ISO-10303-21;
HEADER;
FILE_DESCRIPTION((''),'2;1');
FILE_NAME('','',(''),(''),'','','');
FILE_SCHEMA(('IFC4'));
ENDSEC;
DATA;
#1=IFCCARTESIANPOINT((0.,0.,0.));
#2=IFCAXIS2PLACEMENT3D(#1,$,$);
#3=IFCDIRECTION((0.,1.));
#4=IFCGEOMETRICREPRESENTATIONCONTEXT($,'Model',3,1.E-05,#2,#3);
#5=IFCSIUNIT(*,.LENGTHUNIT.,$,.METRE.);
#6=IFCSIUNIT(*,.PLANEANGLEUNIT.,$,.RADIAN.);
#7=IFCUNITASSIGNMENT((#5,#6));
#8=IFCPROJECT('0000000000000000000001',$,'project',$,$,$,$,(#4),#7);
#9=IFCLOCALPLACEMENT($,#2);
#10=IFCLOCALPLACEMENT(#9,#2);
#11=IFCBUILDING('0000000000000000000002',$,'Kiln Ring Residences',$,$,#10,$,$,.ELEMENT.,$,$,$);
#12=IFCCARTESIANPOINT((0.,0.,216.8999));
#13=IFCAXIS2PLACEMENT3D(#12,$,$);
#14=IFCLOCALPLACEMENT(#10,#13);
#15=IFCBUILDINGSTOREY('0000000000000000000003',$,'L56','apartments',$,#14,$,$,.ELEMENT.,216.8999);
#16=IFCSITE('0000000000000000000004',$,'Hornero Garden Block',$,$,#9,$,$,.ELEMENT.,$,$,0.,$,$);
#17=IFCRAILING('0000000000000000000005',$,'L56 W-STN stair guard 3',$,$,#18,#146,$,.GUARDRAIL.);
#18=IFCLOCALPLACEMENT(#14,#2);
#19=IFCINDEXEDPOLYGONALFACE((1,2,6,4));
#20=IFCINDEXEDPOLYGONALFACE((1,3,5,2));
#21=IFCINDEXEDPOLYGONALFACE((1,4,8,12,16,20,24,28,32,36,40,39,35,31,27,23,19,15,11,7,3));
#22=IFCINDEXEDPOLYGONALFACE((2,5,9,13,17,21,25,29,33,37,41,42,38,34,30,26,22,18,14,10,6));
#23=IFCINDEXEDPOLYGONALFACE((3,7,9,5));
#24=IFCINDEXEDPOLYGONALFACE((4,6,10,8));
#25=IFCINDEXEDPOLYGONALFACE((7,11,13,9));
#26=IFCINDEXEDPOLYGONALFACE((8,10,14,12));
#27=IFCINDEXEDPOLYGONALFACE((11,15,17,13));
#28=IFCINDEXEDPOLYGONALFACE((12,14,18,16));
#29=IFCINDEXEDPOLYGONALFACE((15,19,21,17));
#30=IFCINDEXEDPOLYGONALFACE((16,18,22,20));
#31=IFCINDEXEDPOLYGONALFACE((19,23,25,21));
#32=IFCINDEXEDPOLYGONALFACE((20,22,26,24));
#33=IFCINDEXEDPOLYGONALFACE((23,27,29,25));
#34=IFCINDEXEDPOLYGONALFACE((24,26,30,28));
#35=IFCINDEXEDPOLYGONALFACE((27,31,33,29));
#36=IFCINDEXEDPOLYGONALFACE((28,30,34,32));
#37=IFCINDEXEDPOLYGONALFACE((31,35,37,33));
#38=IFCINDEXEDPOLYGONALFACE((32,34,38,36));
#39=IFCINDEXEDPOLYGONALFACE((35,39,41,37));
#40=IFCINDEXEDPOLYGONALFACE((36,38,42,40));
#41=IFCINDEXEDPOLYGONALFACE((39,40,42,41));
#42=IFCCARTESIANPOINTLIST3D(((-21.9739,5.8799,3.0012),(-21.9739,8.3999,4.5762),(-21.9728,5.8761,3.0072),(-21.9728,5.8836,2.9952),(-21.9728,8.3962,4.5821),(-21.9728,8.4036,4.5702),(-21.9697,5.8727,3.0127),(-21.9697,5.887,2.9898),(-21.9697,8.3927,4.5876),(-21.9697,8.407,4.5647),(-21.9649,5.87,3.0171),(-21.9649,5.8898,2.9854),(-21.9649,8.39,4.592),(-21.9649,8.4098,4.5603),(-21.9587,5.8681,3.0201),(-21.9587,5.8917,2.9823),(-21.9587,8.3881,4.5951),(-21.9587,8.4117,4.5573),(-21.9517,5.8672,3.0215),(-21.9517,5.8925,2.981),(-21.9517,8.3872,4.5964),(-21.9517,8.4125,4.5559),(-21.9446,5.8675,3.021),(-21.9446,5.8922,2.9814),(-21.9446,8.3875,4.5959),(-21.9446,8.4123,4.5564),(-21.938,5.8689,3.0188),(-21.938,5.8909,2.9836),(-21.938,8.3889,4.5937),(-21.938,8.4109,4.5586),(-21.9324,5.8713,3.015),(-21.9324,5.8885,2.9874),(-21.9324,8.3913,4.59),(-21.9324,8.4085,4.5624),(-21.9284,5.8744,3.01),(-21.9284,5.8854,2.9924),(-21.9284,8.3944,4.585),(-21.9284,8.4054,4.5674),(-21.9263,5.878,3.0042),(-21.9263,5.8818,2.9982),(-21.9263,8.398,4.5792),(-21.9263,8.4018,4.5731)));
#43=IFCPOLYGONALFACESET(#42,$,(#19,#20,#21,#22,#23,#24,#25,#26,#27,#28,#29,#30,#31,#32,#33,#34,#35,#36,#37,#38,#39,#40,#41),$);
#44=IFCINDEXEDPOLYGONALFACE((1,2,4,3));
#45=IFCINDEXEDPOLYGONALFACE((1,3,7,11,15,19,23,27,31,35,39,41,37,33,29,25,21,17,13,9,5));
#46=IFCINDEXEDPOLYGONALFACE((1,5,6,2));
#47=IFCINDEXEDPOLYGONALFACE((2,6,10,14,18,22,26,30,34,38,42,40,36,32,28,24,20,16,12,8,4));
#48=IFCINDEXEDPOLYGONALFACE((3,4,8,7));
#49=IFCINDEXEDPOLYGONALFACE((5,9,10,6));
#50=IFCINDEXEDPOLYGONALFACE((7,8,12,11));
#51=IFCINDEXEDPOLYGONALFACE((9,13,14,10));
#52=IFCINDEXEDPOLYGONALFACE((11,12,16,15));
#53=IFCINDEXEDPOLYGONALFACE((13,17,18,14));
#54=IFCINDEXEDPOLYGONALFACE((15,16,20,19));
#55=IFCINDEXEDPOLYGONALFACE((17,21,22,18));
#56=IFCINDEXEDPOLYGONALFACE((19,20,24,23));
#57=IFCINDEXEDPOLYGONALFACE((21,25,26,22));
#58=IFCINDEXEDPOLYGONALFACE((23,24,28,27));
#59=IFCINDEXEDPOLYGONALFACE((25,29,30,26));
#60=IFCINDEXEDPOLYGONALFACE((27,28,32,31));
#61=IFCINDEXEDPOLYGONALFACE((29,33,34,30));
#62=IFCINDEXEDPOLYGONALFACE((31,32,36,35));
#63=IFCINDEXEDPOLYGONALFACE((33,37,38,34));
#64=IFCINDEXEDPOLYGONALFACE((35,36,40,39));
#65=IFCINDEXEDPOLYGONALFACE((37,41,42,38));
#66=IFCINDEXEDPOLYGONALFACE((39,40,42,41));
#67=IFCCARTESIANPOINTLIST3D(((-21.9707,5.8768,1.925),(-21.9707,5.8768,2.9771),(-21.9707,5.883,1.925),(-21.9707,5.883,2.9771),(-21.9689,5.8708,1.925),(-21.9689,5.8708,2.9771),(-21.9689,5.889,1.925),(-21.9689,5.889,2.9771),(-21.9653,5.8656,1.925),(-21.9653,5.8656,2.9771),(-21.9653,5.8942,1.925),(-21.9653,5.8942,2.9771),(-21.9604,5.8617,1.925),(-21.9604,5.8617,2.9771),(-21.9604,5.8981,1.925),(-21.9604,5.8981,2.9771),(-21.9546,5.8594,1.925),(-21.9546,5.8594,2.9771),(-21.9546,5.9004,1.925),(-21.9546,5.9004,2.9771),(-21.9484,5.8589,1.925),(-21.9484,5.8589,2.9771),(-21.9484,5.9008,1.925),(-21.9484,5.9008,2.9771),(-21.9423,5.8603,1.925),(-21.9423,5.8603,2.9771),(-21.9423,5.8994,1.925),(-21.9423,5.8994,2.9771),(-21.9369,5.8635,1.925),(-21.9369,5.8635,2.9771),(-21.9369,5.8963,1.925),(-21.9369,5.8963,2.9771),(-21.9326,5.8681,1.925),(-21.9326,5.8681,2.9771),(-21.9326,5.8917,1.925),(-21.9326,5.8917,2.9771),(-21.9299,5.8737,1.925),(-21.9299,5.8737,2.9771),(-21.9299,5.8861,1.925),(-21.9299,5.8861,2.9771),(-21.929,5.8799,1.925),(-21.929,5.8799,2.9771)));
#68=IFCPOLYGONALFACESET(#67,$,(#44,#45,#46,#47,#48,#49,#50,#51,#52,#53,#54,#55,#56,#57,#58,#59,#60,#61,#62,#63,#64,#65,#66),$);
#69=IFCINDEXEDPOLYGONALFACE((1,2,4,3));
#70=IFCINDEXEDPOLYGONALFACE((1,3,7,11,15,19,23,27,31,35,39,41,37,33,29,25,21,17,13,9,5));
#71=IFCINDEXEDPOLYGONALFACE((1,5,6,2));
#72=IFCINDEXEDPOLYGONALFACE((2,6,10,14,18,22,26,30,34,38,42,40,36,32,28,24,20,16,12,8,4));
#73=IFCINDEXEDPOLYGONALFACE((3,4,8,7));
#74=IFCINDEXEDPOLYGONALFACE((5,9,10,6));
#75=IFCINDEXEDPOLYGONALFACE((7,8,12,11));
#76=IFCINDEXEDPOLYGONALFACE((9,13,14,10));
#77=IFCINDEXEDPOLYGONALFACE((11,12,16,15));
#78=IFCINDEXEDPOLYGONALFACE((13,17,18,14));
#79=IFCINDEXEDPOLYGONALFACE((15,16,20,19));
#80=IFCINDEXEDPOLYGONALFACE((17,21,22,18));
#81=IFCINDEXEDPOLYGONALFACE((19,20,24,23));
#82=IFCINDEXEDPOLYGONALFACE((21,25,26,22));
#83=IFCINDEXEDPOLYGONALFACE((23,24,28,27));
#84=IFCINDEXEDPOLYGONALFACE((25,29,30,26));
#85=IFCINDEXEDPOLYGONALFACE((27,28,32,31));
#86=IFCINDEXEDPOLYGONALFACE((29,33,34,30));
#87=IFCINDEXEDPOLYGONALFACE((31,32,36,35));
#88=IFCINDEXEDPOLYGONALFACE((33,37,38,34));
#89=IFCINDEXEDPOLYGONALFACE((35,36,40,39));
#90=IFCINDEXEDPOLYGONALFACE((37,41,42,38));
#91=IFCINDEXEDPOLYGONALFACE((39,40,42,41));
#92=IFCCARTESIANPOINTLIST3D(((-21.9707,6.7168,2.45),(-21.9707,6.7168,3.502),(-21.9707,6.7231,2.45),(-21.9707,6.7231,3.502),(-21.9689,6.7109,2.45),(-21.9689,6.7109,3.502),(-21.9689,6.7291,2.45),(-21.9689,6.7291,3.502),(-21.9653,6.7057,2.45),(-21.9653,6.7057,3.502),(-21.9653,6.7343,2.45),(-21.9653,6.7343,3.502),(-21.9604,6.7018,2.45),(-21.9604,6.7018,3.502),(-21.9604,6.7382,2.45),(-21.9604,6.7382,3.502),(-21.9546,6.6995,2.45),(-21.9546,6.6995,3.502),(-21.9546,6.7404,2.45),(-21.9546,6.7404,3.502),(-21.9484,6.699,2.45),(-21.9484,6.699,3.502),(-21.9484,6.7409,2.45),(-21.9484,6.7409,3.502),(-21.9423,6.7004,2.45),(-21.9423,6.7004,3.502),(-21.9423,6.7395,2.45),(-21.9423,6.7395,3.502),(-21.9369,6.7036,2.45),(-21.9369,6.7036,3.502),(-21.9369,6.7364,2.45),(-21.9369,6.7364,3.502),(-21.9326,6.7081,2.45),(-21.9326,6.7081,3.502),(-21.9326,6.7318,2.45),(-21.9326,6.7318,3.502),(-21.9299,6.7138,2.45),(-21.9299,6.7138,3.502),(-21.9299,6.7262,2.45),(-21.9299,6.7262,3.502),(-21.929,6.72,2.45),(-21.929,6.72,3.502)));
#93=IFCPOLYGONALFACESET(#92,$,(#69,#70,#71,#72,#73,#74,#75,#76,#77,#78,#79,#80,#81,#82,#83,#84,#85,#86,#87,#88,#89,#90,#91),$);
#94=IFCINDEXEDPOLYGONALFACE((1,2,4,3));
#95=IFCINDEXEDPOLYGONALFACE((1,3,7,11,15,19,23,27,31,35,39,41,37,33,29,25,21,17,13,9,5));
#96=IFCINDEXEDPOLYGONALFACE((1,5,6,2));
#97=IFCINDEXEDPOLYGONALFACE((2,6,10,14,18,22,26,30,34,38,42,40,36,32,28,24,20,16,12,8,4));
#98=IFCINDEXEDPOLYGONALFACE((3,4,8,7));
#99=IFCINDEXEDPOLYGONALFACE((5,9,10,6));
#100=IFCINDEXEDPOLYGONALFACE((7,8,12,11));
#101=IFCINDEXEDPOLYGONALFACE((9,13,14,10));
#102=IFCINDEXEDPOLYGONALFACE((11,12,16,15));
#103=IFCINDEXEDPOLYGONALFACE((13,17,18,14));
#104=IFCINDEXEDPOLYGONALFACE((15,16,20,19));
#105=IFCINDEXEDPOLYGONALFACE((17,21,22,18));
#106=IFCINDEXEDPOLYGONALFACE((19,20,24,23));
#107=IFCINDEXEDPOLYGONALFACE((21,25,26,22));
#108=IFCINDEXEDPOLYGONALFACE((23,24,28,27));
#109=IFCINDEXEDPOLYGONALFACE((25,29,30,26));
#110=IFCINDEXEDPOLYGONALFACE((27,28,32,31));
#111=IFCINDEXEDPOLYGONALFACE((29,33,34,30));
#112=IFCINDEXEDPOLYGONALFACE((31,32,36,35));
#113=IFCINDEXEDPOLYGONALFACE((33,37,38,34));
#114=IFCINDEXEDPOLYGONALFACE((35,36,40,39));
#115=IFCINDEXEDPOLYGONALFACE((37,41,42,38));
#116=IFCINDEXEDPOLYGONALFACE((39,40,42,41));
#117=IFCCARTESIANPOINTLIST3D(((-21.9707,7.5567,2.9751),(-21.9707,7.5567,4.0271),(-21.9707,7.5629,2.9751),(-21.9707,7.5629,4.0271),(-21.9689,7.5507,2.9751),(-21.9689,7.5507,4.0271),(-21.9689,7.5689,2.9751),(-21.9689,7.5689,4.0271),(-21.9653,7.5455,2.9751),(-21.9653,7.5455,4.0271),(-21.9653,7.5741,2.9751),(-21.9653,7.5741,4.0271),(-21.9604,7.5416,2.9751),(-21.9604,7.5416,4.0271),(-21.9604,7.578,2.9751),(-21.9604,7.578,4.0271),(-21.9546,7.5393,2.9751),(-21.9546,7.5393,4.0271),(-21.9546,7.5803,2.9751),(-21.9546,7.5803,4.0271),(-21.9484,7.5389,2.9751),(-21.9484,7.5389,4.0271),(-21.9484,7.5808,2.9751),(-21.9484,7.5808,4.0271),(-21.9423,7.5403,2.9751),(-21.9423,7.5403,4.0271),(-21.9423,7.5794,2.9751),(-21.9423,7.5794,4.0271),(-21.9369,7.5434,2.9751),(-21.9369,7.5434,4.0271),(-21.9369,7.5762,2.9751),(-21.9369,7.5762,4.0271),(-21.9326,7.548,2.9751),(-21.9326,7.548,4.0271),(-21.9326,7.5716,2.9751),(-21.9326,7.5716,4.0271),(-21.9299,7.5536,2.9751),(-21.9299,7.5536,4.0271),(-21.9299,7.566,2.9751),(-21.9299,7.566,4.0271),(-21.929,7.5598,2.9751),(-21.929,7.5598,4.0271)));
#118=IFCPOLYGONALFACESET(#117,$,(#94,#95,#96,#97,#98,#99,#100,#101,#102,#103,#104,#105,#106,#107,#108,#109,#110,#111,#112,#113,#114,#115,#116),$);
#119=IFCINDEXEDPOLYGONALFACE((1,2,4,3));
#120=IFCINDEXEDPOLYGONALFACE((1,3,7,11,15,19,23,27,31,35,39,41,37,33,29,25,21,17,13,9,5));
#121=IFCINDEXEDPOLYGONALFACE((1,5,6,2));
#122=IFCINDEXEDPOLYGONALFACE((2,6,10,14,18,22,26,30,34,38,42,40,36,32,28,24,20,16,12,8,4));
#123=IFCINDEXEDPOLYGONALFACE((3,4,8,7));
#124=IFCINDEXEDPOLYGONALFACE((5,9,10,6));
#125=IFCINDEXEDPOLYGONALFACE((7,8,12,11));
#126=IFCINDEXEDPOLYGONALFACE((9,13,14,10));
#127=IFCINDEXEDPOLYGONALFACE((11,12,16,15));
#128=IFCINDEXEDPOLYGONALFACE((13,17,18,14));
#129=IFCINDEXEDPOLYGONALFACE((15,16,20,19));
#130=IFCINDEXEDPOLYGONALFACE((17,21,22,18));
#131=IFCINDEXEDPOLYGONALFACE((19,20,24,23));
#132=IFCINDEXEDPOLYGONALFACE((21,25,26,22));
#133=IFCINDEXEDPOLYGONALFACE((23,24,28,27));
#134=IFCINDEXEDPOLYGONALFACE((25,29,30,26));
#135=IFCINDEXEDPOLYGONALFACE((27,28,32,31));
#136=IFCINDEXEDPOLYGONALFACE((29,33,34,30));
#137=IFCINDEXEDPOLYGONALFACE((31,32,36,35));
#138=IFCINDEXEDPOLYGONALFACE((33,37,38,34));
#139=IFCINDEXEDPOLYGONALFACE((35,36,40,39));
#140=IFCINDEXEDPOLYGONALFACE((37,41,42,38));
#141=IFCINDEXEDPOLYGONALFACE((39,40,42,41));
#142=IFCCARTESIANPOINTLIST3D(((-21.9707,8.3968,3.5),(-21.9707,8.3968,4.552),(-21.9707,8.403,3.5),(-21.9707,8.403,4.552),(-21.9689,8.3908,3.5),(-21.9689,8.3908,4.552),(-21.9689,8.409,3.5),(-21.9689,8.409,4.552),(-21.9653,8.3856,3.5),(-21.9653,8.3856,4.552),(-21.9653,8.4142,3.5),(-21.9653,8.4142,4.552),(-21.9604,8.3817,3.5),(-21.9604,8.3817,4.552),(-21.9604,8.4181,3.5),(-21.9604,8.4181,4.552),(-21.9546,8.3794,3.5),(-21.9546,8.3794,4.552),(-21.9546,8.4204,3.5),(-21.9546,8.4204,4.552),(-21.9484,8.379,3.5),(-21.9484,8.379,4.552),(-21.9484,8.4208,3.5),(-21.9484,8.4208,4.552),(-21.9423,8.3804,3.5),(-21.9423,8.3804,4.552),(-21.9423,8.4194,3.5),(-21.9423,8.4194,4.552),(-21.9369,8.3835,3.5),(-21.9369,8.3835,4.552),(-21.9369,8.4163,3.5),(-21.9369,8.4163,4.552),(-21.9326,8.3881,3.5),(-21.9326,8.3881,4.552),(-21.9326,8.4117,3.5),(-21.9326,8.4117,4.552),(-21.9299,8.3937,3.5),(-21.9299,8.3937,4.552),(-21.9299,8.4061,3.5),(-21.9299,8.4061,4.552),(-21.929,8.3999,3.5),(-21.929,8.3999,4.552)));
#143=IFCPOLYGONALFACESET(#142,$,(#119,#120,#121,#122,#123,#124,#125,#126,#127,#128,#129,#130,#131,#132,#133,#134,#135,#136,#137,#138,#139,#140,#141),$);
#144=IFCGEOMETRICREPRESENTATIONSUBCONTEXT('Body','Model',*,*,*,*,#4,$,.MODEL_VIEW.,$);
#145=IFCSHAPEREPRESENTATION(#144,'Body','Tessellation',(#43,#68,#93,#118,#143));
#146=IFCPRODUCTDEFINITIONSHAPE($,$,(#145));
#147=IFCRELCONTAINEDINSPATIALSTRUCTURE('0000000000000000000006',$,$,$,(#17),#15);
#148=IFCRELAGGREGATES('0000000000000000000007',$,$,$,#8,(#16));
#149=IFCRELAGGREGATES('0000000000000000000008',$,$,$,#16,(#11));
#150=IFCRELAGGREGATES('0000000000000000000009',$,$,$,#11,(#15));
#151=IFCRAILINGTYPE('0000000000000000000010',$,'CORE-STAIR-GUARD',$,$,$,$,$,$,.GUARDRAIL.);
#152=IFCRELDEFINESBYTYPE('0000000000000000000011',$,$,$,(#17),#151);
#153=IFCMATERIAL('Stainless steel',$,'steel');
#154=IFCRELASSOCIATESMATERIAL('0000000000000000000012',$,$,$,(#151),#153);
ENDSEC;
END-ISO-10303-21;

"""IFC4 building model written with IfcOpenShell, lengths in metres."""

from ifc_helpers import new_model, si_unit, direction, frame, origin, origin_2d, place, context, subcontext, project, spatial, circle, extrude, material, type_object, element, save


model = new_model("IFC4")

# Units and contexts
model_context = context("Model", 3, precision=1e-05, world=origin(), true_north=direction((0.0, 1.0)))
body_context = subcontext(model_context, "Body", "Model", "MODEL_VIEW")
ifc_project = project(units=[si_unit("LENGTHUNIT", "METRE"), si_unit("PLANEANGLEUNIT", "RADIAN")], contexts=[model_context])

# Site, building, storey
site_placement = place(None, origin())
site = spatial("IfcSite", under=ifc_project, at=site_placement, Name="Hornero Garden Block", CompositionType="ELEMENT", RefElevation=0.0)
building_placement = place(site_placement, origin())
building = spatial("IfcBuilding", under=site, at=building_placement, Name="Kiln Ring Residences", CompositionType="ELEMENT")
storey_placement = place(building_placement, frame((0.0, 0.0, 216.8999)))
storey = spatial("IfcBuildingStorey", under=building, at=storey_placement, Name="L56", Description="apartments", CompositionType="ELEMENT", Elevation=216.8999)

# Railing
ifc_material_1 = material(Name="Stainless steel", Category="steel")
railing_type_1 = type_object("IfcRailingType", Name="CORE-STAIR-GUARD", PredefinedType="GUARDRAIL", material=ifc_material_1)
railing_1_placement = place(storey_placement, frame((-21.95, 5.8799, 1.925)))
element("IfcRailing", 1, at=railing_1_placement, inside=storey, type_object=railing_type_1, Name="L56 W-STN stair guard 3", PredefinedType="GUARDRAIL", context=body_context, shape_type="SweptSolid", body=[
    extrude(circle(Radius=0.0239, at=origin_2d()), frame((0.0, 0.0, 1.0762), z_axis=(0.0, 0.848008, 0.529984), x_axis=(-1.0, 0.0, 0.0)), (0.0, 0.0, 1.0), 2.9717),
    extrude(circle(Radius=0.021, at=origin_2d()), origin(), (0.0, 0.0, 1.0), 1.052),
    extrude(circle(Radius=0.021, at=origin_2d()), frame((0.0, 0.8401, 0.5249)), (0.0, 0.0, 1.0), 1.052),
    extrude(circle(Radius=0.021, at=origin_2d()), frame((0.0, 1.6799, 1.05)), (0.0, 0.0, 1.0), 1.052),
    extrude(circle(Radius=0.021, at=origin_2d()), frame((0.0, 2.52, 1.575)), (0.0, 0.0, 1.0), 1.052),
])

save(model, "model.ifc")
